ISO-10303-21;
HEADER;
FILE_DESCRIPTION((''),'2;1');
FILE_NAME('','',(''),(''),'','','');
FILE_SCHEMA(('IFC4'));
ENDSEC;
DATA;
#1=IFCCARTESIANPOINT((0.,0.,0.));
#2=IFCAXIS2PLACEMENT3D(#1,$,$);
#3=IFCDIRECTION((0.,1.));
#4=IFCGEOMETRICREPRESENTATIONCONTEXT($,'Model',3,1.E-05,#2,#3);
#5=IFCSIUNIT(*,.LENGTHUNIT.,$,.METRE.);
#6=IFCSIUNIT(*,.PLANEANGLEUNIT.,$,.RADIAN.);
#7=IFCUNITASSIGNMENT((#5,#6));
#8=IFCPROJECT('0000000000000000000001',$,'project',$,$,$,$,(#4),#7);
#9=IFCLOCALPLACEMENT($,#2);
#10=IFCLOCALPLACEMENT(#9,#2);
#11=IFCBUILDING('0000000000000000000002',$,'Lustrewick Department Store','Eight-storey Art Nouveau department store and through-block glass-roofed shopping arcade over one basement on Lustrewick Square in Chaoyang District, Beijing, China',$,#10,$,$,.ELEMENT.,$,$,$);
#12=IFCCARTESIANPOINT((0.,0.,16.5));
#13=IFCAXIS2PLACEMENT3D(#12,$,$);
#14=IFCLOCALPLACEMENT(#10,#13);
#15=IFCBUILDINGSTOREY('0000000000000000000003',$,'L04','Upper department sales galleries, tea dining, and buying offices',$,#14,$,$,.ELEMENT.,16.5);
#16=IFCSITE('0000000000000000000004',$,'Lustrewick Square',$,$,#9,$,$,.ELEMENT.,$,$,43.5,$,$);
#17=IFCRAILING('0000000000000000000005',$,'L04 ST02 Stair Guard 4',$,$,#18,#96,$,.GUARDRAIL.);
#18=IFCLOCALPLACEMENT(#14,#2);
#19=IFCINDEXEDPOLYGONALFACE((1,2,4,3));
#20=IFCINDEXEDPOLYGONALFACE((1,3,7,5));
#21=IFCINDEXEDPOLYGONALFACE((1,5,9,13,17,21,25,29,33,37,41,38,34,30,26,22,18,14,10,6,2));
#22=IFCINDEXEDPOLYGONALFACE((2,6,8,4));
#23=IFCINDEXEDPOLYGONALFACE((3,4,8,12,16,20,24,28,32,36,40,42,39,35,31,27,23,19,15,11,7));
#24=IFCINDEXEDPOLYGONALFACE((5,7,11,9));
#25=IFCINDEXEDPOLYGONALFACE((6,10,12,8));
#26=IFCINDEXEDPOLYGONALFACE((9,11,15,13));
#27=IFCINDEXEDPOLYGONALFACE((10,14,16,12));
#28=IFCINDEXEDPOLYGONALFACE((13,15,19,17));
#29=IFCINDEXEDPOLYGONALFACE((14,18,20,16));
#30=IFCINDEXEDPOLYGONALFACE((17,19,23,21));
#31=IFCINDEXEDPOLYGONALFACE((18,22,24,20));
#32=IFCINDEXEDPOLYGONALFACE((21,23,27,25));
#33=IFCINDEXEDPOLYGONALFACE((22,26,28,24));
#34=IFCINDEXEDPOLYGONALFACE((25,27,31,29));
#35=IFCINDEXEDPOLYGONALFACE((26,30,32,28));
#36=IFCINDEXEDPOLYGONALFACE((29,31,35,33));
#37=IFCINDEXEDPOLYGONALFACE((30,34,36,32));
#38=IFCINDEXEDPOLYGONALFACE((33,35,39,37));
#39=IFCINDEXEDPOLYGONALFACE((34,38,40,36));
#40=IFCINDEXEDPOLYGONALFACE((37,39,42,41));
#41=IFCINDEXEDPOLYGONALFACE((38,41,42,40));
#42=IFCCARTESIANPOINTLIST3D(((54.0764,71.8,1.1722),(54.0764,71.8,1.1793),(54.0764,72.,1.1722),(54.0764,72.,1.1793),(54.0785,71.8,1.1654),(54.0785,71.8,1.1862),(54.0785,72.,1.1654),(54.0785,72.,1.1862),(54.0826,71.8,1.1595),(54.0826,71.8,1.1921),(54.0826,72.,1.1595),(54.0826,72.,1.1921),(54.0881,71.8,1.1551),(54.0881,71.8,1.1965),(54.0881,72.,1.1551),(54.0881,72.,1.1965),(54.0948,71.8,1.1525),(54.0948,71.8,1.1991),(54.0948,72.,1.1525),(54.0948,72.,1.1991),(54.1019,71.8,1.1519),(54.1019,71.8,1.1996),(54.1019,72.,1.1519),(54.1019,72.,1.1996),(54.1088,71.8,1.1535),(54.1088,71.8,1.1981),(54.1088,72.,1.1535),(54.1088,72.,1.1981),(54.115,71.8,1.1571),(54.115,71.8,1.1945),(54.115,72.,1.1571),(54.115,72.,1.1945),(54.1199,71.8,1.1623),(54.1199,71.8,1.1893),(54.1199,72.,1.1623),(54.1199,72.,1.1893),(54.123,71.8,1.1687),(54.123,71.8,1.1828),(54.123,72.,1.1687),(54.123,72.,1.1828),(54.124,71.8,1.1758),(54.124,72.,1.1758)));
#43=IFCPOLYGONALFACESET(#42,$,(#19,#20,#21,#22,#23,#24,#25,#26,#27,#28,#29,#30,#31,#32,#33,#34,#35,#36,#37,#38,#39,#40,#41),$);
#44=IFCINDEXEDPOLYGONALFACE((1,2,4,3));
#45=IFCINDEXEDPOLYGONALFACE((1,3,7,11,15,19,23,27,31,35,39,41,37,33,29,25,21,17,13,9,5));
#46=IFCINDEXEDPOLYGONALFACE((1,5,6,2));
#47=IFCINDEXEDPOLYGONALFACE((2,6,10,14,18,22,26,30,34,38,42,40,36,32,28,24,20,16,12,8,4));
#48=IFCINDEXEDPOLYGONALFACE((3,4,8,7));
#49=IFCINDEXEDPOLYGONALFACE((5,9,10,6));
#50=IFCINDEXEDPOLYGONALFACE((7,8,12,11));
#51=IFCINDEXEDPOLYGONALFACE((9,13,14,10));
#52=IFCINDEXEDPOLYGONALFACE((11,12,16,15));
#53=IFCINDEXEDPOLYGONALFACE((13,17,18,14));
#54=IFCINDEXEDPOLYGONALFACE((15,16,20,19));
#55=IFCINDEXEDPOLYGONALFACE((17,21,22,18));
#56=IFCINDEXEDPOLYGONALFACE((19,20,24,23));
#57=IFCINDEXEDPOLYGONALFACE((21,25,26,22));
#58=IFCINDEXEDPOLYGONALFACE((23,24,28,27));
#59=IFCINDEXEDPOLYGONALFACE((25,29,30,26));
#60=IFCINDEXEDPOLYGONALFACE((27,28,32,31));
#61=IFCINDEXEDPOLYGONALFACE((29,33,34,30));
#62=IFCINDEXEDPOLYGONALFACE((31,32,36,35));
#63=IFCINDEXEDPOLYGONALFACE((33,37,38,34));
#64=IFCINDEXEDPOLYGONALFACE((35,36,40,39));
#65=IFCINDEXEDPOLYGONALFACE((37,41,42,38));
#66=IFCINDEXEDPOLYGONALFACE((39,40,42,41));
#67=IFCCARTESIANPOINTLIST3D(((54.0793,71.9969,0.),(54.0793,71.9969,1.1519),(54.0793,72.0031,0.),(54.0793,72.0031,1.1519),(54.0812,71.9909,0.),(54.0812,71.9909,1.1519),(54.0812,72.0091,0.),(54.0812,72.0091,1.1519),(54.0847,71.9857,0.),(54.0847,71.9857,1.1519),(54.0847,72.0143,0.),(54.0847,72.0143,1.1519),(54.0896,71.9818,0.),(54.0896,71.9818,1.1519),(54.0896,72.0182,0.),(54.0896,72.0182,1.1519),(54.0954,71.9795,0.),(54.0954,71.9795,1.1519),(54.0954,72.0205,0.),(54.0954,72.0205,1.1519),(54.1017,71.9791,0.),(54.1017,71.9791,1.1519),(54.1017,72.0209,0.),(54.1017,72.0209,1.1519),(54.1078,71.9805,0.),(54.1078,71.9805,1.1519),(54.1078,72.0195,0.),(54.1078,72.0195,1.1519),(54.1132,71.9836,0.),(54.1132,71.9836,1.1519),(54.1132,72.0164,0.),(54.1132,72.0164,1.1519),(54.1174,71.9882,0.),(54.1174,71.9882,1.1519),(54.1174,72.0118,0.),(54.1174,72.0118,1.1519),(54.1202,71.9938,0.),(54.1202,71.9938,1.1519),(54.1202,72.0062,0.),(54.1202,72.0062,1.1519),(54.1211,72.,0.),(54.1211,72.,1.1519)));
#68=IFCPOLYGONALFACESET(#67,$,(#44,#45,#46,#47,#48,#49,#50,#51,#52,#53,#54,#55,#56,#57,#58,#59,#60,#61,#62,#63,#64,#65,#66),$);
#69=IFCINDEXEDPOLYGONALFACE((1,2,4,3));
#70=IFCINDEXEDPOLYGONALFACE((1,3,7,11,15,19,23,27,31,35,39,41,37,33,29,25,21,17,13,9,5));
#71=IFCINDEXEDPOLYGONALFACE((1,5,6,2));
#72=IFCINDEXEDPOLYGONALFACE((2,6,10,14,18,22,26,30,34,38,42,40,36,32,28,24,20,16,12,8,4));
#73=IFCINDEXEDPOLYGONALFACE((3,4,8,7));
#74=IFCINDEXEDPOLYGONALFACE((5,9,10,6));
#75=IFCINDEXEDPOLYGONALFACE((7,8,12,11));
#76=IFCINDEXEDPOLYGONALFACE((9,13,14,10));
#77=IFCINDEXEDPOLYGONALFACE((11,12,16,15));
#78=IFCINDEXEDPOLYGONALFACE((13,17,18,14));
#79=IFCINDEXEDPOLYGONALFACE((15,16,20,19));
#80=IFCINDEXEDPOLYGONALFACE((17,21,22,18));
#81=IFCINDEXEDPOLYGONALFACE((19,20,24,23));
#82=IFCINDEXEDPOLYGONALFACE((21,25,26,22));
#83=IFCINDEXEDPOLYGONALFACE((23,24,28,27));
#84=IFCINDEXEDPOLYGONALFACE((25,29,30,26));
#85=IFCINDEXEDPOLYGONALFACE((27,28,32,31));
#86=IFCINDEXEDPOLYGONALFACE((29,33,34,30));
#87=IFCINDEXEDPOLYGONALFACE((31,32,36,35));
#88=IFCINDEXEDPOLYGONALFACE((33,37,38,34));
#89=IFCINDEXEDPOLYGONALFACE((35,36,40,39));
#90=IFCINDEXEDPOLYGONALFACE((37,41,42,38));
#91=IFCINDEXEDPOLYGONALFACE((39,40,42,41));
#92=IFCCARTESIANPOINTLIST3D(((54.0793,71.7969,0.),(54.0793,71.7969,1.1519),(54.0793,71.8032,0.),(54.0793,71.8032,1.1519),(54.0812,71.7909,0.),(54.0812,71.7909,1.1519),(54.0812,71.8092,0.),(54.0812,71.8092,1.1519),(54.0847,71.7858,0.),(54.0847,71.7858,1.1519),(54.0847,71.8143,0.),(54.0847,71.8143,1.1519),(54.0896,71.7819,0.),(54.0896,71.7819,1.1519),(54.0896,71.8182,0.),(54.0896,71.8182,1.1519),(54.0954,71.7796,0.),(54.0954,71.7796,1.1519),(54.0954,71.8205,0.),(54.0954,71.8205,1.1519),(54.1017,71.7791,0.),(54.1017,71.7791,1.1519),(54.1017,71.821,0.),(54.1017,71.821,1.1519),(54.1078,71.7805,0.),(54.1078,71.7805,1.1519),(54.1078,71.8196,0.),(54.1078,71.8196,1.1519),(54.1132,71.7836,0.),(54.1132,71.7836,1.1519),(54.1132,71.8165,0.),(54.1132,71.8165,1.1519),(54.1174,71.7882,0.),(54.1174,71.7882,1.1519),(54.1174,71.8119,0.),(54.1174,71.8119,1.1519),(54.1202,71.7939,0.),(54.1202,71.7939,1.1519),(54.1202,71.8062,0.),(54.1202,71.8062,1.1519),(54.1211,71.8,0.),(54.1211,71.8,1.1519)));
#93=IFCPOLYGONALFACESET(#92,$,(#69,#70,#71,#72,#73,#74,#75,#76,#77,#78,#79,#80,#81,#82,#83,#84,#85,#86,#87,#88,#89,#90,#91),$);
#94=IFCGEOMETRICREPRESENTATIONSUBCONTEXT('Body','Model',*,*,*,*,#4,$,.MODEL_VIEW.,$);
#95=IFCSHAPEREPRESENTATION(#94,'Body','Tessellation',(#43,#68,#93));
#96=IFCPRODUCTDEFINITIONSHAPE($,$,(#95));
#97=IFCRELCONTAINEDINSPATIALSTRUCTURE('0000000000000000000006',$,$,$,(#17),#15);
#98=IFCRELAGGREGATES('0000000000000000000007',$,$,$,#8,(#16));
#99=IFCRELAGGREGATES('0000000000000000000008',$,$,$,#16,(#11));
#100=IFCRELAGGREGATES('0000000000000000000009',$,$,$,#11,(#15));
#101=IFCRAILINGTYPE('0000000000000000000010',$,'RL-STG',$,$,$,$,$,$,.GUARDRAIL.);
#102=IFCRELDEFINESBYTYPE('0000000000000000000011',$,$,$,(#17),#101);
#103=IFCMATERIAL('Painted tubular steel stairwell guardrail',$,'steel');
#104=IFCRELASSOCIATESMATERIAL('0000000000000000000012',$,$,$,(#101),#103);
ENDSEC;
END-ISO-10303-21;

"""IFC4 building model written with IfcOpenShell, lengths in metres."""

from ifc_helpers import new_model, si_unit, direction, frame, origin, origin_2d, place, context, subcontext, project, spatial, circle, extrude, material, type_object, element, save


model = new_model("IFC4")

# Units and contexts
model_context = context("Model", 3, precision=1e-05, world=origin(), true_north=direction((0.0, 1.0)))
body_context = subcontext(model_context, "Body", "Model", "MODEL_VIEW")
ifc_project = project(units=[si_unit("LENGTHUNIT", "METRE"), si_unit("PLANEANGLEUNIT", "RADIAN")], contexts=[model_context])

# Site, building, storey
site_placement = place(None, origin())
site = spatial("IfcSite", under=ifc_project, at=site_placement, Name="Lustrewick Square", CompositionType="ELEMENT", RefElevation=43.5)
building_placement = place(site_placement, origin())
building = spatial("IfcBuilding", under=site, at=building_placement, Name="Lustrewick Department Store", Description="Eight-storey Art Nouveau department store and through-block glass-roofed shopping arcade over one basement on Lustrewick Square in Chaoyang District, Beijing, China", CompositionType="ELEMENT")
storey_placement = place(building_placement, frame((0.0, 0.0, 16.5)))
storey = spatial("IfcBuildingStorey", under=building, at=storey_placement, Name="L04", Description="Upper department sales galleries, tea dining, and buying offices", CompositionType="ELEMENT", Elevation=16.5)

# Railing
ifc_material_1 = material(Name="Painted tubular steel stairwell guardrail", Category="steel")
railing_type_1 = type_object("IfcRailingType", Name="RL-STG", PredefinedType="GUARDRAIL", material=ifc_material_1)
railing_1_placement = place(storey_placement, frame((54.1001, 72.0, 0.0)))
element("IfcRailing", 1, at=railing_1_placement, inside=storey, type_object=railing_type_1, Name="L04 ST02 Stair Guard 4", PredefinedType="GUARDRAIL", context=body_context, shape_type="SweptSolid", body=[
    extrude(circle(Radius=0.0239, at=origin_2d()), frame((0.0, 0.0, 1.1758), z_axis=(0.0, -1.0, 0.0), x_axis=(1.0, 0.0, 0.0)), (0.0, 0.0, 1.0), 0.2),
    extrude(circle(Radius=0.021, at=origin_2d()), origin(), (0.0, 0.0, 1.0), 1.1519),
    extrude(circle(Radius=0.021, at=origin_2d()), frame((0.0, -0.2, 0.0)), (0.0, 0.0, 1.0), 1.1519),
])

save(model, "model.ifc")
